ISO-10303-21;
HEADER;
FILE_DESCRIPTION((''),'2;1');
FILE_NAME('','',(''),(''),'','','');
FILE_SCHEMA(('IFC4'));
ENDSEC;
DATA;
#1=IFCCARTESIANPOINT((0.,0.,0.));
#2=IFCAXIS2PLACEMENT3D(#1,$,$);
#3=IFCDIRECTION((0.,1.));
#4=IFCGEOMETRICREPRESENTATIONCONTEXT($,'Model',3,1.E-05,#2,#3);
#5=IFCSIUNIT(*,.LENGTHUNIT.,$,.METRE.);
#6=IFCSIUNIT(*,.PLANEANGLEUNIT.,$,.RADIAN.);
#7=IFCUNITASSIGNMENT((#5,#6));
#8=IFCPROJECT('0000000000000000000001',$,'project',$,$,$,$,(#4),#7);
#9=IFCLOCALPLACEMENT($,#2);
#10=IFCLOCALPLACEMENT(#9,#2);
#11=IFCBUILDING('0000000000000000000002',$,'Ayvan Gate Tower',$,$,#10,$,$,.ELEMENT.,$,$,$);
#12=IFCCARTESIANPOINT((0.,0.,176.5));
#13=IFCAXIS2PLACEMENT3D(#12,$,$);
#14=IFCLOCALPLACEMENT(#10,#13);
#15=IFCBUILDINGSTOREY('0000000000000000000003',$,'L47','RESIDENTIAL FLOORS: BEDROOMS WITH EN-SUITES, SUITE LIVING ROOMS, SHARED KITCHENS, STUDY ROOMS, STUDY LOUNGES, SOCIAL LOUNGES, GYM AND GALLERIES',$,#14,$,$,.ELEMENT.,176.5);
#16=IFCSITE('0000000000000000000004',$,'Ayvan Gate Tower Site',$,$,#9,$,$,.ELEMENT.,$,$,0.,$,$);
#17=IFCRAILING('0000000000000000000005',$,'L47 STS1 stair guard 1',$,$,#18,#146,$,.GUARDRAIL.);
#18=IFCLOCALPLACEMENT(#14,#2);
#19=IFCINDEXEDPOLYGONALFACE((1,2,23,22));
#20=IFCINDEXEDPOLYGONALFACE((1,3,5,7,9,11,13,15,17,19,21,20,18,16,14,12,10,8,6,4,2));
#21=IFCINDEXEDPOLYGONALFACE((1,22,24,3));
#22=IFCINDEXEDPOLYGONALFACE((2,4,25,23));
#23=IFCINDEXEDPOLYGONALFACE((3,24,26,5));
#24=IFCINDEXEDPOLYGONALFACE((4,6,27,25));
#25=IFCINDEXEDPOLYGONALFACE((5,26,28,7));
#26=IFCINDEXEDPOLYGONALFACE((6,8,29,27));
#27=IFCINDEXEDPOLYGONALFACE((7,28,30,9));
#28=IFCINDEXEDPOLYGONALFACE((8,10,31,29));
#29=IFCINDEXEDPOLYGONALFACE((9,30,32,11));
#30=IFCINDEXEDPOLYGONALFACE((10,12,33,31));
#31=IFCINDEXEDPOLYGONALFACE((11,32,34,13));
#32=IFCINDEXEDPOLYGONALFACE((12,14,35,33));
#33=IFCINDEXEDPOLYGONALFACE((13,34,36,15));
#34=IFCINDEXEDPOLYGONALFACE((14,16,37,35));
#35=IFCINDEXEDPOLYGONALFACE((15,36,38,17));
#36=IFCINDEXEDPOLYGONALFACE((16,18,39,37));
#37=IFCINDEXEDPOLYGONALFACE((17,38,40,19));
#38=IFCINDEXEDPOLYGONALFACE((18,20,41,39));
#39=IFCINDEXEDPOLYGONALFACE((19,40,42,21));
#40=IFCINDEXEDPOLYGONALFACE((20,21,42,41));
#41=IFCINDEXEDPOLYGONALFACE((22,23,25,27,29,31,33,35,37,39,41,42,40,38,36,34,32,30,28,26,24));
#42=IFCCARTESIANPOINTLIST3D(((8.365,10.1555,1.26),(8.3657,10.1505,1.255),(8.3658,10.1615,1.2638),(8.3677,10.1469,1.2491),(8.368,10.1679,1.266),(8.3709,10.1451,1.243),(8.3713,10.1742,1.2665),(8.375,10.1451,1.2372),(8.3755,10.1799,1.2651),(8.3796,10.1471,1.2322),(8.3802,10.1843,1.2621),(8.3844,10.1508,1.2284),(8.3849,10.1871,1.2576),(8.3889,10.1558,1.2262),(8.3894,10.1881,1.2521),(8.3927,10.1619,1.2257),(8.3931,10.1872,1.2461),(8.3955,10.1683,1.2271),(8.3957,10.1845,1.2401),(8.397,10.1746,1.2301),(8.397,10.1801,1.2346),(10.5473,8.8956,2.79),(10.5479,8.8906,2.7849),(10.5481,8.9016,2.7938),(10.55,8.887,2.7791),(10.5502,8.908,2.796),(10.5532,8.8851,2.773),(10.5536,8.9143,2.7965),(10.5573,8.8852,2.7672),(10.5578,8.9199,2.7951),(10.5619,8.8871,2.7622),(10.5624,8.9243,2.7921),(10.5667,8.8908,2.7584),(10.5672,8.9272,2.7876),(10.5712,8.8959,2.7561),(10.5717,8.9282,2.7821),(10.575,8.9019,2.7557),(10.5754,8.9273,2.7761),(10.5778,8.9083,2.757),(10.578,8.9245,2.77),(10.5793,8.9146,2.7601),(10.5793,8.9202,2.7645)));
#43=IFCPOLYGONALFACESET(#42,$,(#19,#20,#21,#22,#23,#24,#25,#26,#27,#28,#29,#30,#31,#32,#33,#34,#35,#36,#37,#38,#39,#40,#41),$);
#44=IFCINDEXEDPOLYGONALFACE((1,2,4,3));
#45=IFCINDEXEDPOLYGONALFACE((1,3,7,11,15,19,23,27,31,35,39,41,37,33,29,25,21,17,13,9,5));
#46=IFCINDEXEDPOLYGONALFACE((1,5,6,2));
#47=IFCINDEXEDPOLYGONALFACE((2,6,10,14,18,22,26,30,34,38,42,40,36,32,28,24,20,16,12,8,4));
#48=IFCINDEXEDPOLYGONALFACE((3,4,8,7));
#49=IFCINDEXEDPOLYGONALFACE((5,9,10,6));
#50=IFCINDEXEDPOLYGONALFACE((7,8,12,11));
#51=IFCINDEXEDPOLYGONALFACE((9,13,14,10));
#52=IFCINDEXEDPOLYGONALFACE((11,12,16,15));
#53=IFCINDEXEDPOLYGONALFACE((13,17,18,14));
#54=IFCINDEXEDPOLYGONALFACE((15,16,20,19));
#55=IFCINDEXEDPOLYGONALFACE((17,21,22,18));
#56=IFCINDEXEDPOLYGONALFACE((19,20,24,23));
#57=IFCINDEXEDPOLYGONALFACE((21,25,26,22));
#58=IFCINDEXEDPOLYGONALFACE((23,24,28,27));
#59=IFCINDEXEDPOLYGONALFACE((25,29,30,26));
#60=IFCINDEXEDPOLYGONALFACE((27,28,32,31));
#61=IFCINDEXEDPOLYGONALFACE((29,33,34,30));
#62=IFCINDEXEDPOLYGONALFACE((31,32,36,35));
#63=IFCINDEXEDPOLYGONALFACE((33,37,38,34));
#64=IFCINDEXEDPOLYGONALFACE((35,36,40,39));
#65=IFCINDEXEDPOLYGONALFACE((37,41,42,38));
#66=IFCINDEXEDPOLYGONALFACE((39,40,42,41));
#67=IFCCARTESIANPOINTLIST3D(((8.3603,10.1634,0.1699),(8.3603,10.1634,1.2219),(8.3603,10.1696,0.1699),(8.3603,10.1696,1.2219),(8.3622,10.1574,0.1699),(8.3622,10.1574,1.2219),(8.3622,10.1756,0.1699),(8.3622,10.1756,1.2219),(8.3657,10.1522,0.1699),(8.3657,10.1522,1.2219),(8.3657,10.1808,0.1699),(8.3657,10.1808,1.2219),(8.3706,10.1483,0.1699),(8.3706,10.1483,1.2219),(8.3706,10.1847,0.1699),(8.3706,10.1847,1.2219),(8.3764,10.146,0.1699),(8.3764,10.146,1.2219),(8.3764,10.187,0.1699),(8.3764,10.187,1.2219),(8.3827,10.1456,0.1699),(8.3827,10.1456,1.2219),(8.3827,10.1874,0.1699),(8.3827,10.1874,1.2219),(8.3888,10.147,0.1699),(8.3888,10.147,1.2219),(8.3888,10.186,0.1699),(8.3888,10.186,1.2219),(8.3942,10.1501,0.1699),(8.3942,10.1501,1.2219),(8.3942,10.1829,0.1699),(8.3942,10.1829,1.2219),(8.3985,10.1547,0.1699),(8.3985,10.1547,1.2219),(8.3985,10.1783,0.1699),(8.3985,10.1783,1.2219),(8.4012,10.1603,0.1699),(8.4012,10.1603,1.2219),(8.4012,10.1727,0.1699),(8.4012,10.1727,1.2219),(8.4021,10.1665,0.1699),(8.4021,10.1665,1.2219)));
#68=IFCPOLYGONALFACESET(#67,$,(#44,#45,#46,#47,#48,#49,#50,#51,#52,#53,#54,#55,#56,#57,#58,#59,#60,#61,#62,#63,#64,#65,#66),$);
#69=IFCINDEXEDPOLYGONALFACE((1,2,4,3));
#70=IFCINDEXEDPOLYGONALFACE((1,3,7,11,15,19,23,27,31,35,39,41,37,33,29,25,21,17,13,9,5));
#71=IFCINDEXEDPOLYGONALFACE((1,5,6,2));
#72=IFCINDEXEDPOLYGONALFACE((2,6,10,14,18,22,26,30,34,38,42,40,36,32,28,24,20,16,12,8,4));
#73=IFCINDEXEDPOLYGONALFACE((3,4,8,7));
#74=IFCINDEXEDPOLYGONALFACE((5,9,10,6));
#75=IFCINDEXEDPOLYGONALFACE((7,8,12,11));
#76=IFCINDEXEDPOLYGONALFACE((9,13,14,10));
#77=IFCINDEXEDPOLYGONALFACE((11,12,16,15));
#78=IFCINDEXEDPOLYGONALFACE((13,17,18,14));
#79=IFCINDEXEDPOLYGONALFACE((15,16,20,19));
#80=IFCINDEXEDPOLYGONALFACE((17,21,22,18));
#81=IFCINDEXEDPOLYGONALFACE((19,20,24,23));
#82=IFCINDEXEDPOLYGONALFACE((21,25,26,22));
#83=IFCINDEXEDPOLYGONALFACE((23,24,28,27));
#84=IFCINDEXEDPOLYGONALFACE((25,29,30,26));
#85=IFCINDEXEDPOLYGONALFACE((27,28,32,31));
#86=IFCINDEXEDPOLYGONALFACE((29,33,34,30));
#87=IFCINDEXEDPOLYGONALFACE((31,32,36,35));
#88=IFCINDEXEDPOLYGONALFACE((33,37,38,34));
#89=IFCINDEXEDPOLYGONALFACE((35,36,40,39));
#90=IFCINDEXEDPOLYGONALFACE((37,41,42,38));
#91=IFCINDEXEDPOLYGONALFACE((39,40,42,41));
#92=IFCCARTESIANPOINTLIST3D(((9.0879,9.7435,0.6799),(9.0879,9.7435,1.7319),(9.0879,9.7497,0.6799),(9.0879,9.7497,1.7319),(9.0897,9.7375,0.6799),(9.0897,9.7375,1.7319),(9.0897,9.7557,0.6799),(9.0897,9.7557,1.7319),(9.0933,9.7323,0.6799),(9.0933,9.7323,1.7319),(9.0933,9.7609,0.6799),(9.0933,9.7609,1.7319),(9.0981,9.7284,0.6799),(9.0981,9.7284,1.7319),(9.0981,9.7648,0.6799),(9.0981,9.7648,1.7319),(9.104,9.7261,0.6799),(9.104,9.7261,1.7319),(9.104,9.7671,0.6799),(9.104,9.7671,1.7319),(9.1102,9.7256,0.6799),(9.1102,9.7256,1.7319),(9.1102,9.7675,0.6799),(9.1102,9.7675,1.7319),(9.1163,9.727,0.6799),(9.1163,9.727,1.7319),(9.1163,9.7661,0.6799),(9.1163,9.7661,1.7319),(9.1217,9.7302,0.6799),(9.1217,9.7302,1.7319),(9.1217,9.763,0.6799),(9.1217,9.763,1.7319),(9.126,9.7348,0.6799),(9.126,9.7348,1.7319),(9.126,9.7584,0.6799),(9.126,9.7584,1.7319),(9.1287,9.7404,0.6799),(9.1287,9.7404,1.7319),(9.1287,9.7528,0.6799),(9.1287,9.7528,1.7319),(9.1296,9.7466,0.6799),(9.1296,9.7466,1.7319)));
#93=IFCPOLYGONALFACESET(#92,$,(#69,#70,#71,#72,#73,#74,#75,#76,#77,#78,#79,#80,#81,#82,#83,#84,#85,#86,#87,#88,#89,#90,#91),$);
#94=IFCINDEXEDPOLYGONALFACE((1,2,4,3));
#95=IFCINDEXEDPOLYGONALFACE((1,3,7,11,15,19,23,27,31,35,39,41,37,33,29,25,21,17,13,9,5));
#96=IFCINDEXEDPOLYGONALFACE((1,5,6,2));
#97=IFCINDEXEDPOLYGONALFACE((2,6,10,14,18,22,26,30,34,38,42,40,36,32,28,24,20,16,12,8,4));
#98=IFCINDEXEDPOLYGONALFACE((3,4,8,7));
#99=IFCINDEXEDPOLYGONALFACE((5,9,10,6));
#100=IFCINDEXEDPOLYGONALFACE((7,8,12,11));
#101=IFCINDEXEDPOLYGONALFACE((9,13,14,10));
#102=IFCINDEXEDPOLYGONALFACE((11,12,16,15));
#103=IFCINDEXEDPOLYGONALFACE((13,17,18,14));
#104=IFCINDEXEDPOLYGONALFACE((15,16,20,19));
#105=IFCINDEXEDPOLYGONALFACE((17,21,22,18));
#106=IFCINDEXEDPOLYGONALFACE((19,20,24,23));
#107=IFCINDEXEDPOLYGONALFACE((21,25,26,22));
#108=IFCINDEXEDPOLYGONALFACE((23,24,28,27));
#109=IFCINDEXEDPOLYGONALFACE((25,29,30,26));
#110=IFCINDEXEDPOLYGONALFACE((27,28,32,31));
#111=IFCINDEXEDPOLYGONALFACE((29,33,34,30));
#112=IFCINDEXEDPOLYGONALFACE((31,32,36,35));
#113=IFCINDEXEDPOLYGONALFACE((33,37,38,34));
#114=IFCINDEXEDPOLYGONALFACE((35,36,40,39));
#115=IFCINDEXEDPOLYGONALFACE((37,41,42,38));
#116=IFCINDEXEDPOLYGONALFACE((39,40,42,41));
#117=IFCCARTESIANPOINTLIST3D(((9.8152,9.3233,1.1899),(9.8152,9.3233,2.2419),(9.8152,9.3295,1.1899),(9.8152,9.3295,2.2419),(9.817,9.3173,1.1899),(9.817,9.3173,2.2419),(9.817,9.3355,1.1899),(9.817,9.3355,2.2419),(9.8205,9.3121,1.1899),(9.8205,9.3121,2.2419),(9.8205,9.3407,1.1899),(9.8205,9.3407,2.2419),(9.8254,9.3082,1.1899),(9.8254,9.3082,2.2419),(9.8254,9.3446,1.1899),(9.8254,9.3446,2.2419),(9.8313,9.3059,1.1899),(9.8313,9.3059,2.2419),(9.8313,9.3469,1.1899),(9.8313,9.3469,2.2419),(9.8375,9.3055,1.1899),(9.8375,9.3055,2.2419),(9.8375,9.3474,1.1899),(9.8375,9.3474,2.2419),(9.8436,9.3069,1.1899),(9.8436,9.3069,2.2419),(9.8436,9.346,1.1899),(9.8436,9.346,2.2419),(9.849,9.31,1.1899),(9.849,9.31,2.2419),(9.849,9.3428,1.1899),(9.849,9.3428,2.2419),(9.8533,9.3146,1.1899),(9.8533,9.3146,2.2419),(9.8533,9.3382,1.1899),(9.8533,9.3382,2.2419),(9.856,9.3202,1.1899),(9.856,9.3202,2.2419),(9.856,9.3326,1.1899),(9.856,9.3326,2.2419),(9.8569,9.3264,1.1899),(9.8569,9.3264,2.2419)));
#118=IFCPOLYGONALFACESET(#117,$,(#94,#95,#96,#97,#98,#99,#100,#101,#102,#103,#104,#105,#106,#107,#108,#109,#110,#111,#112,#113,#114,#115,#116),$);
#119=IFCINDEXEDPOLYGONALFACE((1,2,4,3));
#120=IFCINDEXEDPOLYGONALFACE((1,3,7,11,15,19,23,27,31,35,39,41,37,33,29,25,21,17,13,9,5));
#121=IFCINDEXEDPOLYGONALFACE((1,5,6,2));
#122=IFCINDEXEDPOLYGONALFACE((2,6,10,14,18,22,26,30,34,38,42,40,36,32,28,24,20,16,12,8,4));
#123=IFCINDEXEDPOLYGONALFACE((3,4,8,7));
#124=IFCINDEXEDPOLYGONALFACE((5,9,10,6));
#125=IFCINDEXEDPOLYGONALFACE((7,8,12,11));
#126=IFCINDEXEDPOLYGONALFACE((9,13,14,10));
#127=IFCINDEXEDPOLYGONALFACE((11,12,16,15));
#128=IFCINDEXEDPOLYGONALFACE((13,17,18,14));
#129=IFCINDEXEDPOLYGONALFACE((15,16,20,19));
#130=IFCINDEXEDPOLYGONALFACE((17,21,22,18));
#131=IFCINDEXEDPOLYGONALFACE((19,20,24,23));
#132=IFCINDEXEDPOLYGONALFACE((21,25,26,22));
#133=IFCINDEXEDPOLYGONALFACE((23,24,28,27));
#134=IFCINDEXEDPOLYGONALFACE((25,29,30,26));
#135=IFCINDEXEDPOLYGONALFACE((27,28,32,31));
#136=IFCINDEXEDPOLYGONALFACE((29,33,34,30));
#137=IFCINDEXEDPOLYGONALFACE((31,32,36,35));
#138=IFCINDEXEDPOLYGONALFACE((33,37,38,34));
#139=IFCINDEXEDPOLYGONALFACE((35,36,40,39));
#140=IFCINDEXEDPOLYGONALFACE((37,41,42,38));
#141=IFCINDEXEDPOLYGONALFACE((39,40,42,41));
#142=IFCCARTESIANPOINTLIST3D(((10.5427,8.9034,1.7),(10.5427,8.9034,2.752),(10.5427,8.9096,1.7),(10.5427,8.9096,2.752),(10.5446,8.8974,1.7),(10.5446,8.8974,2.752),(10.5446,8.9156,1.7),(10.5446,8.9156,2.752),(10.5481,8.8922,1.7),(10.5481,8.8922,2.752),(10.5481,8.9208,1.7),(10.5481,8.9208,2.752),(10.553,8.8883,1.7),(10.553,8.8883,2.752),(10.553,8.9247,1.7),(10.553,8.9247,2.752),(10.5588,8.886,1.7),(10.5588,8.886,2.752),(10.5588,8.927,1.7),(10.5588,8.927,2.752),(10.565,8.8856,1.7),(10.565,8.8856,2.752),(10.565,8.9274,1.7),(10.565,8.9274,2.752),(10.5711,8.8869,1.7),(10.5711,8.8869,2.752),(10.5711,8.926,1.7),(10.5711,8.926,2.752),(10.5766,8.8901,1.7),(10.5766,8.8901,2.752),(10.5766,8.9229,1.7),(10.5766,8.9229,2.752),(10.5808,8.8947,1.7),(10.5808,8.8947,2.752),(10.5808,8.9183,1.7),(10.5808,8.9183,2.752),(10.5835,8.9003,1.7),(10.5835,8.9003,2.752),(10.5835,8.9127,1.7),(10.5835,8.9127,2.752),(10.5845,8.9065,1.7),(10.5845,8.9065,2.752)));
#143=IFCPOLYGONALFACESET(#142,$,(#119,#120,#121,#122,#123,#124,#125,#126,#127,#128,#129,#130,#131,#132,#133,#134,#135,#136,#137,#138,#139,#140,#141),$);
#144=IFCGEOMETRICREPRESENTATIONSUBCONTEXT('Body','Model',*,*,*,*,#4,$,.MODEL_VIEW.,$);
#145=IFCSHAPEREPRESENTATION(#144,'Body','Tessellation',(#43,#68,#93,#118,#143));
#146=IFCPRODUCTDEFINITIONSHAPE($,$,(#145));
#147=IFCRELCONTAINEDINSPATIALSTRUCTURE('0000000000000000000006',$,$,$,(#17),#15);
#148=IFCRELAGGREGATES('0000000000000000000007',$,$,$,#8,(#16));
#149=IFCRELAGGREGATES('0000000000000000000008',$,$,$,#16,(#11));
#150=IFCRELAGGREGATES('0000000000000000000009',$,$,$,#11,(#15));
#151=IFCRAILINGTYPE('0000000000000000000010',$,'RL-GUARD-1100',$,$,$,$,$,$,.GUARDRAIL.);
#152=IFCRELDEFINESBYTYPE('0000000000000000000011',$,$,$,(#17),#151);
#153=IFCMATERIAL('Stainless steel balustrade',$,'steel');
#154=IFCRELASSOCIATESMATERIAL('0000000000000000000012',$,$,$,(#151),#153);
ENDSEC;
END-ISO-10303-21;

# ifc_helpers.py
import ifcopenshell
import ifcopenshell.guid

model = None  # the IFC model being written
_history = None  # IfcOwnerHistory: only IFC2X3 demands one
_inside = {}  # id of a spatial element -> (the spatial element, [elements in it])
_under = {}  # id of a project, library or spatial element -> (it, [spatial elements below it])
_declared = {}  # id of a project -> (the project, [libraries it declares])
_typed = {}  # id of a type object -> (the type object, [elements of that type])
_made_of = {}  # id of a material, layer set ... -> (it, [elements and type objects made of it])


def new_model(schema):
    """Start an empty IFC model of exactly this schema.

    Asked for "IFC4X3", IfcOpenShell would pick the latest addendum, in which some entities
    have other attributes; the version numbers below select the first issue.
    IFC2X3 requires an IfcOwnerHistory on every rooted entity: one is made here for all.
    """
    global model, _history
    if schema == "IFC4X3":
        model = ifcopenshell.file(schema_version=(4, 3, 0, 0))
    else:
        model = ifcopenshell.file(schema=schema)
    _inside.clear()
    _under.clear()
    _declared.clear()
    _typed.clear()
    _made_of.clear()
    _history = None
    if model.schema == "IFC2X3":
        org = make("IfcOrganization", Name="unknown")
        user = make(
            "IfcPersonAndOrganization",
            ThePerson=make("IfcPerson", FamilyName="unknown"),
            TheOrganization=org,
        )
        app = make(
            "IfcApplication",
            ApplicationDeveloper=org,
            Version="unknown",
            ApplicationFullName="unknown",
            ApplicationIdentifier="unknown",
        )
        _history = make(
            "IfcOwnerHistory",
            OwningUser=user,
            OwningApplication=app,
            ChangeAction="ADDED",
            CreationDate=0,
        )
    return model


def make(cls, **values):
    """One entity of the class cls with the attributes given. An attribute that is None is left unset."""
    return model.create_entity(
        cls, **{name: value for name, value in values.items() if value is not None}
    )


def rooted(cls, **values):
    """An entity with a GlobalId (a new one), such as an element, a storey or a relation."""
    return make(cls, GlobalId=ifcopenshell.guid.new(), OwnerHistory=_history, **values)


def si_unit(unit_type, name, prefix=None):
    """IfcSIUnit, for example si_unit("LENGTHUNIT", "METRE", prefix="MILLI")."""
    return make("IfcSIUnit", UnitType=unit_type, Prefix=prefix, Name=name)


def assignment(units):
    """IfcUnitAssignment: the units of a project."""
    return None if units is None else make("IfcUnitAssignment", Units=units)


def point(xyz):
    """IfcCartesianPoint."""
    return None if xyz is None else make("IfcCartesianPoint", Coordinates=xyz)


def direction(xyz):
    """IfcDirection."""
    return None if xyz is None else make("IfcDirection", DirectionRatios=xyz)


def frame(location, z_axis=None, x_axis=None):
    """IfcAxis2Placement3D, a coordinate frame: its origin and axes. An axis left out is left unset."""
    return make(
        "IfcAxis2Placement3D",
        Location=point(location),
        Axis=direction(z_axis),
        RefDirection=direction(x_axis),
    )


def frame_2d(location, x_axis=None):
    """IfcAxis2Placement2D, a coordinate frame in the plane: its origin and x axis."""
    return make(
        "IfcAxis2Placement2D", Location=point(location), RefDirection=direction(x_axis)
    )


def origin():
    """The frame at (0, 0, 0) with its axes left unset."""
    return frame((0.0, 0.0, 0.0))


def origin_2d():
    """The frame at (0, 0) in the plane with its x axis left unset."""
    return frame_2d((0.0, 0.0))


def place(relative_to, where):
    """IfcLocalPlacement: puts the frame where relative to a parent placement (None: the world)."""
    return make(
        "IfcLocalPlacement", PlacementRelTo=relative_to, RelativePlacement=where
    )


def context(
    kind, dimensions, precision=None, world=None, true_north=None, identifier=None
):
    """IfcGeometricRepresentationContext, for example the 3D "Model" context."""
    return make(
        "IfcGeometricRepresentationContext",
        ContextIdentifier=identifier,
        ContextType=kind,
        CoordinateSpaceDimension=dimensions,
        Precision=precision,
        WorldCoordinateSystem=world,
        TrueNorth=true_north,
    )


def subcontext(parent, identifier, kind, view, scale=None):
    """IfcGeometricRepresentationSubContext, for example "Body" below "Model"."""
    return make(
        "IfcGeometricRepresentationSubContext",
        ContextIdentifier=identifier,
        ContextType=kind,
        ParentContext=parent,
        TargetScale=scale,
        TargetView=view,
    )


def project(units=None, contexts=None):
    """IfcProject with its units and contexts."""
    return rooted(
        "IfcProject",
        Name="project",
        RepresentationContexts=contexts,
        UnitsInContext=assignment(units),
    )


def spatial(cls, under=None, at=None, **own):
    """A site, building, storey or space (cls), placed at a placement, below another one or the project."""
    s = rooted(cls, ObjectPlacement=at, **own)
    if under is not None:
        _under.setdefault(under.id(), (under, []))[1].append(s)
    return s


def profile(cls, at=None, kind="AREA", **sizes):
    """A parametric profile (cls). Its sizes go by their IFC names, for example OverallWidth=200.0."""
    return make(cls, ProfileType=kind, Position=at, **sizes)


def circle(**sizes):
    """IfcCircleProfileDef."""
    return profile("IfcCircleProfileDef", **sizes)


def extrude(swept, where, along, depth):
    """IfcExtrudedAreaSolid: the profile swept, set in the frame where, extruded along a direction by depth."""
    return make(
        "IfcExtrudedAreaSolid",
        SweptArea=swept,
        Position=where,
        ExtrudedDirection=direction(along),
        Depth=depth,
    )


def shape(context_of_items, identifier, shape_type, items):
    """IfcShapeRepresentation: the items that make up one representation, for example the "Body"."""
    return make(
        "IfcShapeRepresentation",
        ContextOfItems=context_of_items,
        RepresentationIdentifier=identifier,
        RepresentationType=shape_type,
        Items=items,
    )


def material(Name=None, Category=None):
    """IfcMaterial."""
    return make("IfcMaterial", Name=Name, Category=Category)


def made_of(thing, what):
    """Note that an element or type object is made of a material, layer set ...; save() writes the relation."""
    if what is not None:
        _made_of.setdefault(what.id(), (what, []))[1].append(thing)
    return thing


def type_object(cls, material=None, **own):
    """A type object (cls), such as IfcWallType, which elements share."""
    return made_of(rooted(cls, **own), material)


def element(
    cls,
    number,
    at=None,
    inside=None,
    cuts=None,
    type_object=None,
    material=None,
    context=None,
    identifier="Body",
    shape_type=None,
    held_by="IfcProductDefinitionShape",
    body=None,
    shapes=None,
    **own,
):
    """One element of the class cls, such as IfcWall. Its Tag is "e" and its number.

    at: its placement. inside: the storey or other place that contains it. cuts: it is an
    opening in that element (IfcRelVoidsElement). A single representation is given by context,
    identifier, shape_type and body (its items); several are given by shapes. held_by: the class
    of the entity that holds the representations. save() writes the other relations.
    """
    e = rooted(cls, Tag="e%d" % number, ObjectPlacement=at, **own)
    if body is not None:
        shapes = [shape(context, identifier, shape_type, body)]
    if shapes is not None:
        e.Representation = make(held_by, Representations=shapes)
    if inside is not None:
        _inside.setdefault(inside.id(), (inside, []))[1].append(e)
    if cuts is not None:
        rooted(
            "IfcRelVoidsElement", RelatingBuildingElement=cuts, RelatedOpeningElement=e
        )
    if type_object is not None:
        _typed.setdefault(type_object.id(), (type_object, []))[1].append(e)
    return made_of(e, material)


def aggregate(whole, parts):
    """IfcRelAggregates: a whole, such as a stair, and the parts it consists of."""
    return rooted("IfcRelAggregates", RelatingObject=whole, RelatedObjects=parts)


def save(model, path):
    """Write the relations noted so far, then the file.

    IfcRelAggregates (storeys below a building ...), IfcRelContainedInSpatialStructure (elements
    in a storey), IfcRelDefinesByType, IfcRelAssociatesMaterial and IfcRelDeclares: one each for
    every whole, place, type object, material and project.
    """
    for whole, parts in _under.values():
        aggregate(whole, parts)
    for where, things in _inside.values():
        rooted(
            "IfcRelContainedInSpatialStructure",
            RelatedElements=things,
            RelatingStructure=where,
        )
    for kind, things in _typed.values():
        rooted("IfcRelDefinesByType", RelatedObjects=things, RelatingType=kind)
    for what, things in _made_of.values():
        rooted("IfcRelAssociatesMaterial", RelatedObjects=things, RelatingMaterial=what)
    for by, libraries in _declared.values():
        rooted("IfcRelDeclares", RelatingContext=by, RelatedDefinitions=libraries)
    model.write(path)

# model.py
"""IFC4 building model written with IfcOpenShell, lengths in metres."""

from ifc_helpers import new_model, si_unit, direction, frame, origin, origin_2d, place, context, subcontext, project, spatial, circle, extrude, material, type_object, element, save


model = new_model("IFC4")

# Units and contexts
model_context = context("Model", 3, precision=1e-05, world=origin(), true_north=direction((0.0, 1.0)))
body_context = subcontext(model_context, "Body", "Model", "MODEL_VIEW")
ifc_project = project(units=[si_unit("LENGTHUNIT", "METRE"), si_unit("PLANEANGLEUNIT", "RADIAN")], contexts=[model_context])

# Site, building, storey
site_placement = place(None, origin())
site = spatial("IfcSite", under=ifc_project, at=site_placement, Name="Ayvan Gate Tower Site", CompositionType="ELEMENT", RefElevation=0.0)
building_placement = place(site_placement, origin())
building = spatial("IfcBuilding", under=site, at=building_placement, Name="Ayvan Gate Tower", CompositionType="ELEMENT")
storey_placement = place(building_placement, frame((0.0, 0.0, 176.5)))
storey = spatial("IfcBuildingStorey", under=building, at=storey_placement, Name="L47", Description="RESIDENTIAL FLOORS: BEDROOMS WITH EN-SUITES, SUITE LIVING ROOMS, SHARED KITCHENS, STUDY ROOMS, STUDY LOUNGES, SOCIAL LOUNGES, GYM AND GALLERIES", CompositionType="ELEMENT", Elevation=176.5)

# Railing
ifc_material_1 = material(Name="Stainless steel balustrade", Category="steel")
railing_type_1 = type_object("IfcRailingType", Name="RL-GUARD-1100", PredefinedType="GUARDRAIL", material=ifc_material_1)
railing_1_placement = place(storey_placement, frame((8.3811, 10.1665, 0.1699)))
element("IfcRailing", 1, at=railing_1_placement, inside=storey, type_object=railing_type_1, Name="L47 STS1 stair guard 1", PredefinedType="GUARDRAIL", context=body_context, shape_type="SweptSolid", body=[
    extrude(circle(Radius=0.0239, at=origin_2d()), frame((0.0, 0.0, 1.0762), z_axis=(0.740261, -0.427395, 0.518986), x_axis=(0.500005, 0.866023, 0.0)), (0.0, 0.0, 1.0), 2.948),
    extrude(circle(Radius=0.021, at=origin_2d()), origin(), (0.0, 0.0, 1.0), 1.052),
    extrude(circle(Radius=0.021, at=origin_2d()), frame((0.7275, -0.4199, 0.51)), (0.0, 0.0, 1.0), 1.052),
    extrude(circle(Radius=0.021, at=origin_2d()), frame((1.4548, -0.8401, 1.02)), (0.0, 0.0, 1.0), 1.052),
    extrude(circle(Radius=0.021, at=origin_2d()), frame((2.1824, -1.26, 1.53)), (0.0, 0.0, 1.0), 1.052),
])

save(model, "model.ifc")
